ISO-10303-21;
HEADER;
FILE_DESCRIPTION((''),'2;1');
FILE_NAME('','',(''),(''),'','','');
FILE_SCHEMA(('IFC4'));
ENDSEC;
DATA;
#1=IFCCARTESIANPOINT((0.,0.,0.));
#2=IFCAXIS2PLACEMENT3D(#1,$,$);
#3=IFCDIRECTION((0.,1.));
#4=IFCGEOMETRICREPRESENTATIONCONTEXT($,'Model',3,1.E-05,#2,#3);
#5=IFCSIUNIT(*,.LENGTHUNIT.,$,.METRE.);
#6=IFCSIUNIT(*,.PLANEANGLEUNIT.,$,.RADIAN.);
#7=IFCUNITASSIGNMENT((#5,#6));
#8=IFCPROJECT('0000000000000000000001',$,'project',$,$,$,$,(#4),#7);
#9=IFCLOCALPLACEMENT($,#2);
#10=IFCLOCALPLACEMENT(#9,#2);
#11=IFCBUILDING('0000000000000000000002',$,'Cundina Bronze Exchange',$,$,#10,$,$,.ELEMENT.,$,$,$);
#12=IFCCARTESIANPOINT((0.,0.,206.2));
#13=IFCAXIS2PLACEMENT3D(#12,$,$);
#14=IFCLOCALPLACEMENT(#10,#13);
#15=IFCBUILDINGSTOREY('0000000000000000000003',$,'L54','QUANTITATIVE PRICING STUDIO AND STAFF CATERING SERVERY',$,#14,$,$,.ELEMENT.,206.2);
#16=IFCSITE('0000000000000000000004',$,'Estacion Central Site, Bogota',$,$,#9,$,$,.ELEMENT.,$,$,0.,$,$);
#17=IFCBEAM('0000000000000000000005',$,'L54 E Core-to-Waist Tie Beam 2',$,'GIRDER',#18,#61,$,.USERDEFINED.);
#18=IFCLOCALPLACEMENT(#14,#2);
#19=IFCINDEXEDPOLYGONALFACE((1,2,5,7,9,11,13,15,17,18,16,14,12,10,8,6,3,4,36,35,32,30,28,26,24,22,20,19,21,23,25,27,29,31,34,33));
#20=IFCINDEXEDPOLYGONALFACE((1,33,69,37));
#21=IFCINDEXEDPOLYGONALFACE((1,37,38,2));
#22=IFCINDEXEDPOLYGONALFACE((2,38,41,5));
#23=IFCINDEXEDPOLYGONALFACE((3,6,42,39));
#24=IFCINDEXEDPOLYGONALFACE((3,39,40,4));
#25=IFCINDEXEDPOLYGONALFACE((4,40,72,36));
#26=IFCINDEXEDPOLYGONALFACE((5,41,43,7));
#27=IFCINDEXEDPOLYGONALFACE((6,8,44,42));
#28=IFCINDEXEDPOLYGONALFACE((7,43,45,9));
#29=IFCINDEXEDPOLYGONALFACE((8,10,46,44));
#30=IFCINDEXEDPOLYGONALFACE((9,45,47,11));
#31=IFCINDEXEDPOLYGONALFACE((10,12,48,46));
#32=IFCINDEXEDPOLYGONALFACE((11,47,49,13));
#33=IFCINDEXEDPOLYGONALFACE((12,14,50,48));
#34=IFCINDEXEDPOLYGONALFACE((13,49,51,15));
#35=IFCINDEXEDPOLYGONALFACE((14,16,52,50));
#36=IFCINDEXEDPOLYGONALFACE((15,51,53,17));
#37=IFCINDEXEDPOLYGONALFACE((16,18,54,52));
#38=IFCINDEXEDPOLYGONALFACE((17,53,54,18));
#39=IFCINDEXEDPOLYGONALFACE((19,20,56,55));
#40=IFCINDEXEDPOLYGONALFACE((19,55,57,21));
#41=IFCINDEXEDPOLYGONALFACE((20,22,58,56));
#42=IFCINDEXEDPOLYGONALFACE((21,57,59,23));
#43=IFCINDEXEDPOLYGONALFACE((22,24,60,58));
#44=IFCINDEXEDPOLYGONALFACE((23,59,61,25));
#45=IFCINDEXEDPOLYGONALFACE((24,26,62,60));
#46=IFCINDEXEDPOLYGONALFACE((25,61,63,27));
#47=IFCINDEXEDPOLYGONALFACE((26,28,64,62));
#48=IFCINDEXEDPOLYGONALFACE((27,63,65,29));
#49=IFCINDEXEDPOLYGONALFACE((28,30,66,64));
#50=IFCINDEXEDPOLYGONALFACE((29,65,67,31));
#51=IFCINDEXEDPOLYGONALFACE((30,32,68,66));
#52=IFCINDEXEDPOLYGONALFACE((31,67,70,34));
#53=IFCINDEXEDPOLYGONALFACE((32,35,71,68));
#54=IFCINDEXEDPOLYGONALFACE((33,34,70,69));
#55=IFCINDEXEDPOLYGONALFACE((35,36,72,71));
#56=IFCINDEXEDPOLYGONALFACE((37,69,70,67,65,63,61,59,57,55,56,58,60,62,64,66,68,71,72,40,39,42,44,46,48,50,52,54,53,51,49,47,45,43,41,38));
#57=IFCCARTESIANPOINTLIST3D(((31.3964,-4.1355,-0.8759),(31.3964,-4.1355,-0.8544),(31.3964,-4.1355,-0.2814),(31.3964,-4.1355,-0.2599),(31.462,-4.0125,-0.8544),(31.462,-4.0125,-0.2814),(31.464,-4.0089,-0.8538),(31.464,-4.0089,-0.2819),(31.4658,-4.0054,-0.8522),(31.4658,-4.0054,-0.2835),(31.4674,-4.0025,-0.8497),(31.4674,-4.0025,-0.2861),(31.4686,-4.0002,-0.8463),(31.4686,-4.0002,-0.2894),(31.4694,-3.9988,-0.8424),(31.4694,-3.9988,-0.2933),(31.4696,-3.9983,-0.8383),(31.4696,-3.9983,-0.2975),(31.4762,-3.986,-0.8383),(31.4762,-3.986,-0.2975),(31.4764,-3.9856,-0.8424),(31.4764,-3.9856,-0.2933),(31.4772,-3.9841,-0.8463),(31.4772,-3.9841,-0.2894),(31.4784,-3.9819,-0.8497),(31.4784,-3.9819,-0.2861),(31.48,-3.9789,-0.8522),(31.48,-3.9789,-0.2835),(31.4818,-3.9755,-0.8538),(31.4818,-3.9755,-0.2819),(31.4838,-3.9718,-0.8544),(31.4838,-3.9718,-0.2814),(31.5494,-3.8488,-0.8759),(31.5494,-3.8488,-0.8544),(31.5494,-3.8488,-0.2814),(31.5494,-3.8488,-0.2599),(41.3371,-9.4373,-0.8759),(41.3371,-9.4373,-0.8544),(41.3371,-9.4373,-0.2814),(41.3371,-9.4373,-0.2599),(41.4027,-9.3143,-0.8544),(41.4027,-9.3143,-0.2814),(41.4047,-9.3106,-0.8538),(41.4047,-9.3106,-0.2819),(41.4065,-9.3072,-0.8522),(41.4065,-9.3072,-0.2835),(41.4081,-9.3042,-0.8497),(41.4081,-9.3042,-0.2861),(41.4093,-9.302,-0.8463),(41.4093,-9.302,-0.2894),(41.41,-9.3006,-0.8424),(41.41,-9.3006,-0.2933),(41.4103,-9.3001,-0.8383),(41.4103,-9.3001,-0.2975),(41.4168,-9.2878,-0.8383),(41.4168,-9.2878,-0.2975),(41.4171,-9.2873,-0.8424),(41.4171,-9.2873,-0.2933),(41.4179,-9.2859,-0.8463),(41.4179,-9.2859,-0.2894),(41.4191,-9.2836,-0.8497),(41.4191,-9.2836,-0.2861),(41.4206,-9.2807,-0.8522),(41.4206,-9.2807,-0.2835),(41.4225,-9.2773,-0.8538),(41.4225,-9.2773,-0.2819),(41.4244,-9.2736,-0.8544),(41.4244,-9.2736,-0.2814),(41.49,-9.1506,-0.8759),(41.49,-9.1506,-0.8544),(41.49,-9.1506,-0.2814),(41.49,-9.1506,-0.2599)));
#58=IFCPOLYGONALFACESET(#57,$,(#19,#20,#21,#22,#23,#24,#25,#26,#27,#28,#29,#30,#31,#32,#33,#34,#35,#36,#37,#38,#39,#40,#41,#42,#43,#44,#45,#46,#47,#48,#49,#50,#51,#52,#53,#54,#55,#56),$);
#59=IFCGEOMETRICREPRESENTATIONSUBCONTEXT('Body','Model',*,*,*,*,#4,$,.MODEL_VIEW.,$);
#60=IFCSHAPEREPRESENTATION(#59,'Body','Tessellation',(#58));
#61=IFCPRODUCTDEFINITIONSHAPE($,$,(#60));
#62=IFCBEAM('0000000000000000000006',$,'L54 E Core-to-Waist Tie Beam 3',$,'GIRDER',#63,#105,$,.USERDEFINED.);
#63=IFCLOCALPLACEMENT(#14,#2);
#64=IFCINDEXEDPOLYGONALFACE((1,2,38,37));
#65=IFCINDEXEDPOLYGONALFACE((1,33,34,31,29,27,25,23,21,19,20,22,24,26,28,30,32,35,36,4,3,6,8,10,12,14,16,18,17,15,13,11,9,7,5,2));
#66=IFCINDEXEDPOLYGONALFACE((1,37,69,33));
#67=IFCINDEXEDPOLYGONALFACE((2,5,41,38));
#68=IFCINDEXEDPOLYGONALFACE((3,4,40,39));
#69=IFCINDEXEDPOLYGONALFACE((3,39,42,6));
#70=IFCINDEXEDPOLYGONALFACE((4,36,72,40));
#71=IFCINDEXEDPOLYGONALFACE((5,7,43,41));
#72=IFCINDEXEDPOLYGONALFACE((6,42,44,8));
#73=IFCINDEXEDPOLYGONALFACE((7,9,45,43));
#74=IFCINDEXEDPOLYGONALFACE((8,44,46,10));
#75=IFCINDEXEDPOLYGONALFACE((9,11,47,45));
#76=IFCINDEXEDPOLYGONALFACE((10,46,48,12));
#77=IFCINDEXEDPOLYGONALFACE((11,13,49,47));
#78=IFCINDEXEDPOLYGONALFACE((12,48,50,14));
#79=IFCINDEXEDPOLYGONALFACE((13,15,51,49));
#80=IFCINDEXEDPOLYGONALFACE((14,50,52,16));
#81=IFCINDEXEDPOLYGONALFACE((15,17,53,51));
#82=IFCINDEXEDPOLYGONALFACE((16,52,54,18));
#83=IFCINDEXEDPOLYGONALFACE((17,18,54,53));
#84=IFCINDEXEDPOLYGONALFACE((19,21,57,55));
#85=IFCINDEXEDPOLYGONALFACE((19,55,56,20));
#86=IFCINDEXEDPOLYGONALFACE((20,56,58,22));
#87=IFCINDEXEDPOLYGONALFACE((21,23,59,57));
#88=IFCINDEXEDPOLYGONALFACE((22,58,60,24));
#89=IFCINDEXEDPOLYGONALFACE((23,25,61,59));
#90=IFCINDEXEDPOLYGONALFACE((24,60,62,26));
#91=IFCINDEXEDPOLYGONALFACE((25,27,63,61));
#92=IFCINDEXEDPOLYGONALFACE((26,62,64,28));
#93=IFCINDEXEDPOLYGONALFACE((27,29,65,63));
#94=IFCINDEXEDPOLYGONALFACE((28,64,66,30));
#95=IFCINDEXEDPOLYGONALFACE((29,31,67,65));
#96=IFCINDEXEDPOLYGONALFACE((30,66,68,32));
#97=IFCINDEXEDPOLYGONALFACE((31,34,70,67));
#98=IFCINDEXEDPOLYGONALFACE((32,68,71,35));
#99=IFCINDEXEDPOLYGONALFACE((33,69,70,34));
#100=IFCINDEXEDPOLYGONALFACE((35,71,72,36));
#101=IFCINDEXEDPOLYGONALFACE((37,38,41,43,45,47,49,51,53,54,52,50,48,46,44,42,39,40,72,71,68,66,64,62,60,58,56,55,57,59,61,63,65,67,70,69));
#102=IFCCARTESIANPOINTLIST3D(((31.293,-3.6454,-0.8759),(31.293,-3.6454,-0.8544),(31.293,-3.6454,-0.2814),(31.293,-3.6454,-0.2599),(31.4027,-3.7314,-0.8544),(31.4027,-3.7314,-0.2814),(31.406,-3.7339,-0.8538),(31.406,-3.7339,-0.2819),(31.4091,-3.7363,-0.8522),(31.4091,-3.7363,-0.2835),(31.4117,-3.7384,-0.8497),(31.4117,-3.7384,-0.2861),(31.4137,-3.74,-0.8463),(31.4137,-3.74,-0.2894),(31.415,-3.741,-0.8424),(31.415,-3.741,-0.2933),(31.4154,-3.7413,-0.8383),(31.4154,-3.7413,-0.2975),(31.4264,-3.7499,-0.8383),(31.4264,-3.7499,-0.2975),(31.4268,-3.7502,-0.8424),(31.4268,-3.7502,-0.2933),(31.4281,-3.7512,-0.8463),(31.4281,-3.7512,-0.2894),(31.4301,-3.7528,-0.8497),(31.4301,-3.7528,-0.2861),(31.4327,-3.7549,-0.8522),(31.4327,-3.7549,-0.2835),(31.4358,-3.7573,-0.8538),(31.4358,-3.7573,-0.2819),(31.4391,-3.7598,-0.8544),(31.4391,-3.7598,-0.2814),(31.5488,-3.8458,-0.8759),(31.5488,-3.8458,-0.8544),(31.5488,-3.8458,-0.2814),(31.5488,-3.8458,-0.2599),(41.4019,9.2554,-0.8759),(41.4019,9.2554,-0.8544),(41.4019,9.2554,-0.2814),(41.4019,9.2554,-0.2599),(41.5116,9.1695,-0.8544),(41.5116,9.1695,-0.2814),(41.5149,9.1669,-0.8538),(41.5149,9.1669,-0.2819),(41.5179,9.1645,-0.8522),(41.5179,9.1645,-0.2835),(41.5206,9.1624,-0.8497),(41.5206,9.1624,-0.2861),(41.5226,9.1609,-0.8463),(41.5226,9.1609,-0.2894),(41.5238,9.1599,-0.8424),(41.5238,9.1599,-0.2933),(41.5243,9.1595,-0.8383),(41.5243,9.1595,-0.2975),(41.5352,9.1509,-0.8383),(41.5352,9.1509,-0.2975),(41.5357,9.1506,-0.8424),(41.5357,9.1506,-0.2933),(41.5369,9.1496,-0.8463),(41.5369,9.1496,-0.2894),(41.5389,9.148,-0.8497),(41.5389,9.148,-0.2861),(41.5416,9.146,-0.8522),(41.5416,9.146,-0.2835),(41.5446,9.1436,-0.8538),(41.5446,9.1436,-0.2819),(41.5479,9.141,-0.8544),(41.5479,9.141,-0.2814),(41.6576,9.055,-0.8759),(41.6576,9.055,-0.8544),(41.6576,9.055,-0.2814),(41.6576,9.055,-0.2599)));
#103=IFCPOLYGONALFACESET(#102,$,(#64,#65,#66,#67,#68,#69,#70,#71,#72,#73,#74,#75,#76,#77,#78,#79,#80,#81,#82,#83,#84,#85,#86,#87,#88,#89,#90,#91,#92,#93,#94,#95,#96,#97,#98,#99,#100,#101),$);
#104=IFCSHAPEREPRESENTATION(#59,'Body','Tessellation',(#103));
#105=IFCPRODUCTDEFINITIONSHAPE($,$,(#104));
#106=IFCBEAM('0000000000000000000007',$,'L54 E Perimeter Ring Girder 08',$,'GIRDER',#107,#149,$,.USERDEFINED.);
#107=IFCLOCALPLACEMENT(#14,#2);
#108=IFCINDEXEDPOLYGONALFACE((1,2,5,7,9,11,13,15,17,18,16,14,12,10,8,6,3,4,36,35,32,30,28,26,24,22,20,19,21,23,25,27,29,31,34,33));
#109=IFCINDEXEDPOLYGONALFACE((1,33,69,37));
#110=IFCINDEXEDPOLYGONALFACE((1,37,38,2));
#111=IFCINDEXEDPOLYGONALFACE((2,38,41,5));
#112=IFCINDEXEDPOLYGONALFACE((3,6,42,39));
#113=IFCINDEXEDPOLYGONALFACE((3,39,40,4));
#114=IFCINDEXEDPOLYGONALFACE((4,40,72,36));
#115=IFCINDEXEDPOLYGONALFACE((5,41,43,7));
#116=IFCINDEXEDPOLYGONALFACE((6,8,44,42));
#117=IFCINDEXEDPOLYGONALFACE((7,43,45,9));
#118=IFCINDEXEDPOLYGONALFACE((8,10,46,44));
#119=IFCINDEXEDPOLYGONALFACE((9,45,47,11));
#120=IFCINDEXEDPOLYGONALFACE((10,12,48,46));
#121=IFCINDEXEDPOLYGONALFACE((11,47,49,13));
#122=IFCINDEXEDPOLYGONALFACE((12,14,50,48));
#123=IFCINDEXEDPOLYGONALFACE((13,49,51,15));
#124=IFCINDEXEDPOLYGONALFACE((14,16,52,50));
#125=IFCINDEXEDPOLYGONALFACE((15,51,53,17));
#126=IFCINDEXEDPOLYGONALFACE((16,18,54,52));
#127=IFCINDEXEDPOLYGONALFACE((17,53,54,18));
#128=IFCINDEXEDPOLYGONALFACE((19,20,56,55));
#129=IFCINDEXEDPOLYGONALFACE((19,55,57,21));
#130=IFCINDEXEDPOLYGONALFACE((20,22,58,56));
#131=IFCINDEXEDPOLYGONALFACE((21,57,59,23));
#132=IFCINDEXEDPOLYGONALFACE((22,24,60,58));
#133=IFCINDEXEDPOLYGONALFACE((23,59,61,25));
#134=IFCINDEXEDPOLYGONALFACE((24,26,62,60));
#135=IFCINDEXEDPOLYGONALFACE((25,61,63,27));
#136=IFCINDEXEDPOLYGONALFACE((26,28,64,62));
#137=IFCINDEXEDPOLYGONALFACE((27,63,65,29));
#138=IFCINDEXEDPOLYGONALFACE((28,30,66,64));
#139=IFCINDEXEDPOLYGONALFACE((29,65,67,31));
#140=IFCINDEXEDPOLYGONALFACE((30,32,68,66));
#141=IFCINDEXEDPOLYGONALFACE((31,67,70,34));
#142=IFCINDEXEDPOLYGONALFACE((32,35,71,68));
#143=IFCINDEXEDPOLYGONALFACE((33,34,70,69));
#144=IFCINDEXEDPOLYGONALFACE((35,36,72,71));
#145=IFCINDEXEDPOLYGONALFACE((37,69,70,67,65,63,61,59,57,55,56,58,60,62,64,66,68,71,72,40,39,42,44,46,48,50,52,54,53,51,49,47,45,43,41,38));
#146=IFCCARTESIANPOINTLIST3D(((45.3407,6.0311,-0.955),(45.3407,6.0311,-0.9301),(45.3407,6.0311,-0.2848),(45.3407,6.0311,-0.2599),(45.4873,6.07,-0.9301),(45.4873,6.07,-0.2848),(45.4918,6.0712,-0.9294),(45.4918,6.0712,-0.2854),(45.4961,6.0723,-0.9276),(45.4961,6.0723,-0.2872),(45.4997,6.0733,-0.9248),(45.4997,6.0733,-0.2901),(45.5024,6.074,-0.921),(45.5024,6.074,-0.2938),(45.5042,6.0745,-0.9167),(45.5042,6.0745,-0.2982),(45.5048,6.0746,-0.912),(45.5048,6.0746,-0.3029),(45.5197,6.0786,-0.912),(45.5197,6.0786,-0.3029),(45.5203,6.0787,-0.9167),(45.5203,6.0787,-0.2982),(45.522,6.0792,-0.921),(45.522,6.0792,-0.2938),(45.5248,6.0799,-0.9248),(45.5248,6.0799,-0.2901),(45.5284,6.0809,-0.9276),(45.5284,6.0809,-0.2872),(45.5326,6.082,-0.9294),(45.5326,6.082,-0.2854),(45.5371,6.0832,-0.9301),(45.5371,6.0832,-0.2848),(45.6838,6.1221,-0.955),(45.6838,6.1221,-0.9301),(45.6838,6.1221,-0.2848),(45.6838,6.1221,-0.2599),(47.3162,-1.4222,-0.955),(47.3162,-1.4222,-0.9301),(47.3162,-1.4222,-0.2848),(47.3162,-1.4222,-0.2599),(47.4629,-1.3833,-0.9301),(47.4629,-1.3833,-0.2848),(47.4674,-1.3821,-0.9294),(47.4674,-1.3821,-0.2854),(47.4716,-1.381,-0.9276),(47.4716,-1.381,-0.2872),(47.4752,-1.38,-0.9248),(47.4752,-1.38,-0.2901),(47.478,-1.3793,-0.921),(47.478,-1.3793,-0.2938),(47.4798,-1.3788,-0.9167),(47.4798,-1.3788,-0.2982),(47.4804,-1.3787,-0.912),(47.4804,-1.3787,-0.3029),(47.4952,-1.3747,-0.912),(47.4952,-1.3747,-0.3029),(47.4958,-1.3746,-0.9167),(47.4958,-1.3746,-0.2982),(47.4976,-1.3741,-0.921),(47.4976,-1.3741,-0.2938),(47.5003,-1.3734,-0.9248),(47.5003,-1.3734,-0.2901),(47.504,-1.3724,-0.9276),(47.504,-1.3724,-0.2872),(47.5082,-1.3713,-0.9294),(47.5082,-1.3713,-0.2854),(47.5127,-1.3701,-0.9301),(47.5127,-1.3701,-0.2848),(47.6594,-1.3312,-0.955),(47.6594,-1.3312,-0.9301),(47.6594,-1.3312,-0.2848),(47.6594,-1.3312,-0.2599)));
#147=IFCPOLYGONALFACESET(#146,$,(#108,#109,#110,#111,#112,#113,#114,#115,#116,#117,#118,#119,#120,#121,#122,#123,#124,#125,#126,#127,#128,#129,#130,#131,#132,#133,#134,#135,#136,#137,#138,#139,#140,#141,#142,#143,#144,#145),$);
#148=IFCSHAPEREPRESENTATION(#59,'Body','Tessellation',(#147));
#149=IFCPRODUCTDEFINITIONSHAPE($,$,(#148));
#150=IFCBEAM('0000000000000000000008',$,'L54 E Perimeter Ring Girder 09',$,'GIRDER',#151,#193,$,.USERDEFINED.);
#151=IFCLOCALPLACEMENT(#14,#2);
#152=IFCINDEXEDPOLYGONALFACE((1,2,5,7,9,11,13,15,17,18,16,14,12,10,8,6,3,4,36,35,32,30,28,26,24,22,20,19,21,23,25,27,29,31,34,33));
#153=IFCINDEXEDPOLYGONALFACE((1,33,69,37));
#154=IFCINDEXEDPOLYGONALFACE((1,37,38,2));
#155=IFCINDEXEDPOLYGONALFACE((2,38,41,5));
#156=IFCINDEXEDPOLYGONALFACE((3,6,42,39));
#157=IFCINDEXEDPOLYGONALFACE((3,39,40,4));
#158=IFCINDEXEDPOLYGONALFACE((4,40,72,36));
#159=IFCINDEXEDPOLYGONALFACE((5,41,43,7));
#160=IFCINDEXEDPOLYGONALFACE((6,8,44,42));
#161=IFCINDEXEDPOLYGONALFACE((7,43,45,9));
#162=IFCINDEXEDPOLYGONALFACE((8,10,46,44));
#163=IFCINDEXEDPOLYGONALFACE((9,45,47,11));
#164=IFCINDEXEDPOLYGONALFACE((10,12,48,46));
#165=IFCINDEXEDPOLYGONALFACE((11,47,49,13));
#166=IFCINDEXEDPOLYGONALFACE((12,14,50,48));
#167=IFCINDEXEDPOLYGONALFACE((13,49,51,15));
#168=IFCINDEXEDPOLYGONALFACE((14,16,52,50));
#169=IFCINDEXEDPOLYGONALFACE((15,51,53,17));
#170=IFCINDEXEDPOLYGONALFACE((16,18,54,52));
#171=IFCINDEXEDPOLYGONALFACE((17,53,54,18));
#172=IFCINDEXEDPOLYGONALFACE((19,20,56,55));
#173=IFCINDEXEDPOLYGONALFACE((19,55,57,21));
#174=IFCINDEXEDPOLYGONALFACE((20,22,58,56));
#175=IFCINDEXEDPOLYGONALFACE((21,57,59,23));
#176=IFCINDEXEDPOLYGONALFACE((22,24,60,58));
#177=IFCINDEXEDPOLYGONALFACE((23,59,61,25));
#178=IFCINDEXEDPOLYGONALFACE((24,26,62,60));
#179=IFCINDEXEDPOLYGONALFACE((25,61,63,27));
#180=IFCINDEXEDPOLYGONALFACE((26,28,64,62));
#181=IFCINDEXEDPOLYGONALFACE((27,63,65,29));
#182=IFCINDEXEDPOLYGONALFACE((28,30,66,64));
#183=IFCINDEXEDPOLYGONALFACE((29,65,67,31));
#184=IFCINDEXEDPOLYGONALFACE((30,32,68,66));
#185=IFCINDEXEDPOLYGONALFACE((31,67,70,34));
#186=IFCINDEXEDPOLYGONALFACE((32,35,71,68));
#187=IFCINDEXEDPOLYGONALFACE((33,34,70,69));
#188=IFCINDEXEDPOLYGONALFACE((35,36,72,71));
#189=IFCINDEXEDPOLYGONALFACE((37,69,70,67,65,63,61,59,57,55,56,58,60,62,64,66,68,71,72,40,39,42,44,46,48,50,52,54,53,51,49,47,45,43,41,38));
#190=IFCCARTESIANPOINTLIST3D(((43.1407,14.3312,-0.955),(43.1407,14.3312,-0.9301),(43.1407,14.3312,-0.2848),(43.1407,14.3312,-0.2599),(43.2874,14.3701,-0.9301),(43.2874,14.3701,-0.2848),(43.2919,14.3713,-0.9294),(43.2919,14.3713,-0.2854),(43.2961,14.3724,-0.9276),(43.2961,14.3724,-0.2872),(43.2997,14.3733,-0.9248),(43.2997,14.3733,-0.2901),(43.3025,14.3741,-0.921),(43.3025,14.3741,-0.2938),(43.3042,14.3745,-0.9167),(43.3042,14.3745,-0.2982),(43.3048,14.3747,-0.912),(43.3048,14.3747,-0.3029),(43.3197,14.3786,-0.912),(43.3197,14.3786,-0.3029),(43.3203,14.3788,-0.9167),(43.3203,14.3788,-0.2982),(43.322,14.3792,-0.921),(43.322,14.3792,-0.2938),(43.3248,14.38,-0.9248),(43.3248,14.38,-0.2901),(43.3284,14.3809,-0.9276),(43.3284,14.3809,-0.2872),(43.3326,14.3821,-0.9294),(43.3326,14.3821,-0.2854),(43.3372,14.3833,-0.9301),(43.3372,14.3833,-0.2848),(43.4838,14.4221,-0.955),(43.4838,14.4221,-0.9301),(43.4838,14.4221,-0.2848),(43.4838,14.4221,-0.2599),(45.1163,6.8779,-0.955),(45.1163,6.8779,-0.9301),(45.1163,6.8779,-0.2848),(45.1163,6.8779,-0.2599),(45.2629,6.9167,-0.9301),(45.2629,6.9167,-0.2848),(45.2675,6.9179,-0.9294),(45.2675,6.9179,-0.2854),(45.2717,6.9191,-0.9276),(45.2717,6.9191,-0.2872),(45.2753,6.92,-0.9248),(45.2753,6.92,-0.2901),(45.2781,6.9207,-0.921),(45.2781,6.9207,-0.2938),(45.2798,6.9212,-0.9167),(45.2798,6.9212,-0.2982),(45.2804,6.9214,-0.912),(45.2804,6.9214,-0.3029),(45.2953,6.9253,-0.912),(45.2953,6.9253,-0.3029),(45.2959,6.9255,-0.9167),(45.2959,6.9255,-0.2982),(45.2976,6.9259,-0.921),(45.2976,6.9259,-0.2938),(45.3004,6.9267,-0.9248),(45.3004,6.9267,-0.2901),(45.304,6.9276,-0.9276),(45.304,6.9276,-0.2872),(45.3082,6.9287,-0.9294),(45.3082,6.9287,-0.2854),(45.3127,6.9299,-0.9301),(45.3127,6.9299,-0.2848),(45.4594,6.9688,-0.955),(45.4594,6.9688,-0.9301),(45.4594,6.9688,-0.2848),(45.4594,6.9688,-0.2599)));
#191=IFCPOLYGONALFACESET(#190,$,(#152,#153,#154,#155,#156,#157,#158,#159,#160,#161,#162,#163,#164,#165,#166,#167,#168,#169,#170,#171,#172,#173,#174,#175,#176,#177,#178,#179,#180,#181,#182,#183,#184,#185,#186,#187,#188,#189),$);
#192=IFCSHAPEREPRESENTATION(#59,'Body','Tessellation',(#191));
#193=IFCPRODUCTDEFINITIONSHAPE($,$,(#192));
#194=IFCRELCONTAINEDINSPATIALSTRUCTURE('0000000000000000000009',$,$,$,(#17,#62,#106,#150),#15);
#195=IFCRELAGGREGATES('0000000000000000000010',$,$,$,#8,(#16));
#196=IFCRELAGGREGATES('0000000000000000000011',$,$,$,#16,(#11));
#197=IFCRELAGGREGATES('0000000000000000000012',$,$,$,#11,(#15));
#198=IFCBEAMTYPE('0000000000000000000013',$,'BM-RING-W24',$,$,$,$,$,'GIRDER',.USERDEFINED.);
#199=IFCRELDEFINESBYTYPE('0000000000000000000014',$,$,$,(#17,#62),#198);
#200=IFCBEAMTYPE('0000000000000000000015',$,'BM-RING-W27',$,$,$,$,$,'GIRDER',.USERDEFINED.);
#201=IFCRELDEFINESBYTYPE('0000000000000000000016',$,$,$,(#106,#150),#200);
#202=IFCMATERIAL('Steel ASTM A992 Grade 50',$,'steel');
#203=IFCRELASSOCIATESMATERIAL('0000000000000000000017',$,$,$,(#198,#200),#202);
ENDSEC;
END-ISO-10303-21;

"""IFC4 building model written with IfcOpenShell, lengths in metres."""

from ifc_helpers import new_model, si_unit, direction, frame, origin, origin_2d, place, context, subcontext, project, spatial, i_section, extrude, material, material_profile, profile_set, type_object, element, save


model = new_model("IFC4")

# Units and contexts
model_context = context("Model", 3, precision=1e-05, world=origin(), true_north=direction((0.0, 1.0)))
body_context = subcontext(model_context, "Body", "Model", "MODEL_VIEW")
ifc_project = project(units=[si_unit("LENGTHUNIT", "METRE"), si_unit("PLANEANGLEUNIT", "RADIAN")], contexts=[model_context])

# Site, building, storey
site_placement = place(None, origin())
site = spatial("IfcSite", under=ifc_project, at=site_placement, Name="Estacion Central Site, Bogota", CompositionType="ELEMENT", RefElevation=0.0)
building_placement = place(site_placement, origin())
building = spatial("IfcBuilding", under=site, at=building_placement, Name="Cundina Bronze Exchange", CompositionType="ELEMENT")
storey_placement = place(building_placement, frame((0.0, 0.0, 206.2)))
storey = spatial("IfcBuildingStorey", under=building, at=storey_placement, Name="L54", Description="QUANTITATIVE PRICING STUDIO AND STAFF CATERING SERVERY", CompositionType="ELEMENT", Elevation=206.2)

# Shared definitions
ifc_material_1 = material(Name="Steel ASTM A992 Grade 50", Category="steel")

# Beams
ifc_material_profile_1 = material_profile(ifc_material_1, i_section(OverallWidth=0.325, OverallDepth=0.616, WebThickness=0.0139, FlangeThickness=0.0215, FilletRadius=0.0161, at=origin_2d()), Name="W24X117", Category="steel")
ifc_profile_set_1 = profile_set([ifc_material_profile_1], Name="Steel ASTM A992 Grade 50")
beam_type_1 = type_object("IfcBeamType", Name="BM-RING-W24", ElementType="GIRDER", PredefinedType="USERDEFINED", material=ifc_profile_set_1)
beam_1_placement = place(storey_placement, frame((31.4729, -3.9922, -0.5679), z_axis=(0.882351, -0.470593, 0.0), x_axis=(0.470593, 0.882351, 0.0)))
element("IfcBeam", 1, at=beam_1_placement, inside=storey, type_object=beam_type_1, Name="L54 E Core-to-Waist Tie Beam 2", ObjectType="GIRDER", PredefinedType="USERDEFINED", context=body_context, shape_type="SweptSolid", body=[
    extrude(i_section(OverallWidth=0.325, OverallDepth=0.616, WebThickness=0.0139, FlangeThickness=0.0215, FilletRadius=0.0161, at=origin_2d()), origin(), (0.0, 0.0, 1.0), 11.2661),
])
beam_2_placement = place(storey_placement, frame((31.4209, -3.7456, -0.5679), z_axis=(0.616783, 0.787133, 0.0), x_axis=(-0.787133, 0.616783, 0.0)))
element("IfcBeam", 2, at=beam_2_placement, inside=storey, type_object=beam_type_1, Name="L54 E Core-to-Waist Tie Beam 3", ObjectType="GIRDER", PredefinedType="USERDEFINED", context=body_context, shape_type="SweptSolid", body=[
    extrude(i_section(OverallWidth=0.325, OverallDepth=0.616, WebThickness=0.0139, FlangeThickness=0.0215, FilletRadius=0.0161, at=origin_2d()), origin(), (0.0, 0.0, 1.0), 16.3896),
])
ifc_material_profile_2 = material_profile(ifc_material_1, i_section(OverallWidth=0.355, OverallDepth=0.6951, WebThickness=0.0154, FlangeThickness=0.0249, FilletRadius=0.0181, at=origin_2d()), Name="W27X146", Category="steel")
ifc_profile_set_2 = profile_set([ifc_material_profile_2], Name="Steel ASTM A992 Grade 50")
beam_type_2 = type_object("IfcBeamType", Name="BM-RING-W27", ElementType="GIRDER", PredefinedType="USERDEFINED", material=ifc_profile_set_2)
for number, where, z_axis, x_axis, name in (
    (3, (47.4878, -1.3767, -0.6074), (-0.256212, 0.966621, 0.0), (-0.966621, -0.256212, 0.0), "L54 E Perimeter Ring Girder 08"),
    (4, (45.2878, 6.9233, -0.6074), (-0.256212, 0.966621, 0.0), (-0.966621, -0.256212, 0.0), "L54 E Perimeter Ring Girder 09"),
):
    element("IfcBeam", number, at=place(storey_placement, frame(where, z_axis=z_axis, x_axis=x_axis)), inside=storey, type_object=beam_type_2, Name=name, ObjectType="GIRDER", PredefinedType="USERDEFINED", context=body_context, shape_type="SweptSolid", body=[
        extrude(i_section(OverallWidth=0.355, OverallDepth=0.6951, WebThickness=0.0154, FlangeThickness=0.0249, FilletRadius=0.0181, at=origin_2d()), origin(), (0.0, 0.0, 1.0), 7.7107),
    ])

save(model, "model.ifc")
